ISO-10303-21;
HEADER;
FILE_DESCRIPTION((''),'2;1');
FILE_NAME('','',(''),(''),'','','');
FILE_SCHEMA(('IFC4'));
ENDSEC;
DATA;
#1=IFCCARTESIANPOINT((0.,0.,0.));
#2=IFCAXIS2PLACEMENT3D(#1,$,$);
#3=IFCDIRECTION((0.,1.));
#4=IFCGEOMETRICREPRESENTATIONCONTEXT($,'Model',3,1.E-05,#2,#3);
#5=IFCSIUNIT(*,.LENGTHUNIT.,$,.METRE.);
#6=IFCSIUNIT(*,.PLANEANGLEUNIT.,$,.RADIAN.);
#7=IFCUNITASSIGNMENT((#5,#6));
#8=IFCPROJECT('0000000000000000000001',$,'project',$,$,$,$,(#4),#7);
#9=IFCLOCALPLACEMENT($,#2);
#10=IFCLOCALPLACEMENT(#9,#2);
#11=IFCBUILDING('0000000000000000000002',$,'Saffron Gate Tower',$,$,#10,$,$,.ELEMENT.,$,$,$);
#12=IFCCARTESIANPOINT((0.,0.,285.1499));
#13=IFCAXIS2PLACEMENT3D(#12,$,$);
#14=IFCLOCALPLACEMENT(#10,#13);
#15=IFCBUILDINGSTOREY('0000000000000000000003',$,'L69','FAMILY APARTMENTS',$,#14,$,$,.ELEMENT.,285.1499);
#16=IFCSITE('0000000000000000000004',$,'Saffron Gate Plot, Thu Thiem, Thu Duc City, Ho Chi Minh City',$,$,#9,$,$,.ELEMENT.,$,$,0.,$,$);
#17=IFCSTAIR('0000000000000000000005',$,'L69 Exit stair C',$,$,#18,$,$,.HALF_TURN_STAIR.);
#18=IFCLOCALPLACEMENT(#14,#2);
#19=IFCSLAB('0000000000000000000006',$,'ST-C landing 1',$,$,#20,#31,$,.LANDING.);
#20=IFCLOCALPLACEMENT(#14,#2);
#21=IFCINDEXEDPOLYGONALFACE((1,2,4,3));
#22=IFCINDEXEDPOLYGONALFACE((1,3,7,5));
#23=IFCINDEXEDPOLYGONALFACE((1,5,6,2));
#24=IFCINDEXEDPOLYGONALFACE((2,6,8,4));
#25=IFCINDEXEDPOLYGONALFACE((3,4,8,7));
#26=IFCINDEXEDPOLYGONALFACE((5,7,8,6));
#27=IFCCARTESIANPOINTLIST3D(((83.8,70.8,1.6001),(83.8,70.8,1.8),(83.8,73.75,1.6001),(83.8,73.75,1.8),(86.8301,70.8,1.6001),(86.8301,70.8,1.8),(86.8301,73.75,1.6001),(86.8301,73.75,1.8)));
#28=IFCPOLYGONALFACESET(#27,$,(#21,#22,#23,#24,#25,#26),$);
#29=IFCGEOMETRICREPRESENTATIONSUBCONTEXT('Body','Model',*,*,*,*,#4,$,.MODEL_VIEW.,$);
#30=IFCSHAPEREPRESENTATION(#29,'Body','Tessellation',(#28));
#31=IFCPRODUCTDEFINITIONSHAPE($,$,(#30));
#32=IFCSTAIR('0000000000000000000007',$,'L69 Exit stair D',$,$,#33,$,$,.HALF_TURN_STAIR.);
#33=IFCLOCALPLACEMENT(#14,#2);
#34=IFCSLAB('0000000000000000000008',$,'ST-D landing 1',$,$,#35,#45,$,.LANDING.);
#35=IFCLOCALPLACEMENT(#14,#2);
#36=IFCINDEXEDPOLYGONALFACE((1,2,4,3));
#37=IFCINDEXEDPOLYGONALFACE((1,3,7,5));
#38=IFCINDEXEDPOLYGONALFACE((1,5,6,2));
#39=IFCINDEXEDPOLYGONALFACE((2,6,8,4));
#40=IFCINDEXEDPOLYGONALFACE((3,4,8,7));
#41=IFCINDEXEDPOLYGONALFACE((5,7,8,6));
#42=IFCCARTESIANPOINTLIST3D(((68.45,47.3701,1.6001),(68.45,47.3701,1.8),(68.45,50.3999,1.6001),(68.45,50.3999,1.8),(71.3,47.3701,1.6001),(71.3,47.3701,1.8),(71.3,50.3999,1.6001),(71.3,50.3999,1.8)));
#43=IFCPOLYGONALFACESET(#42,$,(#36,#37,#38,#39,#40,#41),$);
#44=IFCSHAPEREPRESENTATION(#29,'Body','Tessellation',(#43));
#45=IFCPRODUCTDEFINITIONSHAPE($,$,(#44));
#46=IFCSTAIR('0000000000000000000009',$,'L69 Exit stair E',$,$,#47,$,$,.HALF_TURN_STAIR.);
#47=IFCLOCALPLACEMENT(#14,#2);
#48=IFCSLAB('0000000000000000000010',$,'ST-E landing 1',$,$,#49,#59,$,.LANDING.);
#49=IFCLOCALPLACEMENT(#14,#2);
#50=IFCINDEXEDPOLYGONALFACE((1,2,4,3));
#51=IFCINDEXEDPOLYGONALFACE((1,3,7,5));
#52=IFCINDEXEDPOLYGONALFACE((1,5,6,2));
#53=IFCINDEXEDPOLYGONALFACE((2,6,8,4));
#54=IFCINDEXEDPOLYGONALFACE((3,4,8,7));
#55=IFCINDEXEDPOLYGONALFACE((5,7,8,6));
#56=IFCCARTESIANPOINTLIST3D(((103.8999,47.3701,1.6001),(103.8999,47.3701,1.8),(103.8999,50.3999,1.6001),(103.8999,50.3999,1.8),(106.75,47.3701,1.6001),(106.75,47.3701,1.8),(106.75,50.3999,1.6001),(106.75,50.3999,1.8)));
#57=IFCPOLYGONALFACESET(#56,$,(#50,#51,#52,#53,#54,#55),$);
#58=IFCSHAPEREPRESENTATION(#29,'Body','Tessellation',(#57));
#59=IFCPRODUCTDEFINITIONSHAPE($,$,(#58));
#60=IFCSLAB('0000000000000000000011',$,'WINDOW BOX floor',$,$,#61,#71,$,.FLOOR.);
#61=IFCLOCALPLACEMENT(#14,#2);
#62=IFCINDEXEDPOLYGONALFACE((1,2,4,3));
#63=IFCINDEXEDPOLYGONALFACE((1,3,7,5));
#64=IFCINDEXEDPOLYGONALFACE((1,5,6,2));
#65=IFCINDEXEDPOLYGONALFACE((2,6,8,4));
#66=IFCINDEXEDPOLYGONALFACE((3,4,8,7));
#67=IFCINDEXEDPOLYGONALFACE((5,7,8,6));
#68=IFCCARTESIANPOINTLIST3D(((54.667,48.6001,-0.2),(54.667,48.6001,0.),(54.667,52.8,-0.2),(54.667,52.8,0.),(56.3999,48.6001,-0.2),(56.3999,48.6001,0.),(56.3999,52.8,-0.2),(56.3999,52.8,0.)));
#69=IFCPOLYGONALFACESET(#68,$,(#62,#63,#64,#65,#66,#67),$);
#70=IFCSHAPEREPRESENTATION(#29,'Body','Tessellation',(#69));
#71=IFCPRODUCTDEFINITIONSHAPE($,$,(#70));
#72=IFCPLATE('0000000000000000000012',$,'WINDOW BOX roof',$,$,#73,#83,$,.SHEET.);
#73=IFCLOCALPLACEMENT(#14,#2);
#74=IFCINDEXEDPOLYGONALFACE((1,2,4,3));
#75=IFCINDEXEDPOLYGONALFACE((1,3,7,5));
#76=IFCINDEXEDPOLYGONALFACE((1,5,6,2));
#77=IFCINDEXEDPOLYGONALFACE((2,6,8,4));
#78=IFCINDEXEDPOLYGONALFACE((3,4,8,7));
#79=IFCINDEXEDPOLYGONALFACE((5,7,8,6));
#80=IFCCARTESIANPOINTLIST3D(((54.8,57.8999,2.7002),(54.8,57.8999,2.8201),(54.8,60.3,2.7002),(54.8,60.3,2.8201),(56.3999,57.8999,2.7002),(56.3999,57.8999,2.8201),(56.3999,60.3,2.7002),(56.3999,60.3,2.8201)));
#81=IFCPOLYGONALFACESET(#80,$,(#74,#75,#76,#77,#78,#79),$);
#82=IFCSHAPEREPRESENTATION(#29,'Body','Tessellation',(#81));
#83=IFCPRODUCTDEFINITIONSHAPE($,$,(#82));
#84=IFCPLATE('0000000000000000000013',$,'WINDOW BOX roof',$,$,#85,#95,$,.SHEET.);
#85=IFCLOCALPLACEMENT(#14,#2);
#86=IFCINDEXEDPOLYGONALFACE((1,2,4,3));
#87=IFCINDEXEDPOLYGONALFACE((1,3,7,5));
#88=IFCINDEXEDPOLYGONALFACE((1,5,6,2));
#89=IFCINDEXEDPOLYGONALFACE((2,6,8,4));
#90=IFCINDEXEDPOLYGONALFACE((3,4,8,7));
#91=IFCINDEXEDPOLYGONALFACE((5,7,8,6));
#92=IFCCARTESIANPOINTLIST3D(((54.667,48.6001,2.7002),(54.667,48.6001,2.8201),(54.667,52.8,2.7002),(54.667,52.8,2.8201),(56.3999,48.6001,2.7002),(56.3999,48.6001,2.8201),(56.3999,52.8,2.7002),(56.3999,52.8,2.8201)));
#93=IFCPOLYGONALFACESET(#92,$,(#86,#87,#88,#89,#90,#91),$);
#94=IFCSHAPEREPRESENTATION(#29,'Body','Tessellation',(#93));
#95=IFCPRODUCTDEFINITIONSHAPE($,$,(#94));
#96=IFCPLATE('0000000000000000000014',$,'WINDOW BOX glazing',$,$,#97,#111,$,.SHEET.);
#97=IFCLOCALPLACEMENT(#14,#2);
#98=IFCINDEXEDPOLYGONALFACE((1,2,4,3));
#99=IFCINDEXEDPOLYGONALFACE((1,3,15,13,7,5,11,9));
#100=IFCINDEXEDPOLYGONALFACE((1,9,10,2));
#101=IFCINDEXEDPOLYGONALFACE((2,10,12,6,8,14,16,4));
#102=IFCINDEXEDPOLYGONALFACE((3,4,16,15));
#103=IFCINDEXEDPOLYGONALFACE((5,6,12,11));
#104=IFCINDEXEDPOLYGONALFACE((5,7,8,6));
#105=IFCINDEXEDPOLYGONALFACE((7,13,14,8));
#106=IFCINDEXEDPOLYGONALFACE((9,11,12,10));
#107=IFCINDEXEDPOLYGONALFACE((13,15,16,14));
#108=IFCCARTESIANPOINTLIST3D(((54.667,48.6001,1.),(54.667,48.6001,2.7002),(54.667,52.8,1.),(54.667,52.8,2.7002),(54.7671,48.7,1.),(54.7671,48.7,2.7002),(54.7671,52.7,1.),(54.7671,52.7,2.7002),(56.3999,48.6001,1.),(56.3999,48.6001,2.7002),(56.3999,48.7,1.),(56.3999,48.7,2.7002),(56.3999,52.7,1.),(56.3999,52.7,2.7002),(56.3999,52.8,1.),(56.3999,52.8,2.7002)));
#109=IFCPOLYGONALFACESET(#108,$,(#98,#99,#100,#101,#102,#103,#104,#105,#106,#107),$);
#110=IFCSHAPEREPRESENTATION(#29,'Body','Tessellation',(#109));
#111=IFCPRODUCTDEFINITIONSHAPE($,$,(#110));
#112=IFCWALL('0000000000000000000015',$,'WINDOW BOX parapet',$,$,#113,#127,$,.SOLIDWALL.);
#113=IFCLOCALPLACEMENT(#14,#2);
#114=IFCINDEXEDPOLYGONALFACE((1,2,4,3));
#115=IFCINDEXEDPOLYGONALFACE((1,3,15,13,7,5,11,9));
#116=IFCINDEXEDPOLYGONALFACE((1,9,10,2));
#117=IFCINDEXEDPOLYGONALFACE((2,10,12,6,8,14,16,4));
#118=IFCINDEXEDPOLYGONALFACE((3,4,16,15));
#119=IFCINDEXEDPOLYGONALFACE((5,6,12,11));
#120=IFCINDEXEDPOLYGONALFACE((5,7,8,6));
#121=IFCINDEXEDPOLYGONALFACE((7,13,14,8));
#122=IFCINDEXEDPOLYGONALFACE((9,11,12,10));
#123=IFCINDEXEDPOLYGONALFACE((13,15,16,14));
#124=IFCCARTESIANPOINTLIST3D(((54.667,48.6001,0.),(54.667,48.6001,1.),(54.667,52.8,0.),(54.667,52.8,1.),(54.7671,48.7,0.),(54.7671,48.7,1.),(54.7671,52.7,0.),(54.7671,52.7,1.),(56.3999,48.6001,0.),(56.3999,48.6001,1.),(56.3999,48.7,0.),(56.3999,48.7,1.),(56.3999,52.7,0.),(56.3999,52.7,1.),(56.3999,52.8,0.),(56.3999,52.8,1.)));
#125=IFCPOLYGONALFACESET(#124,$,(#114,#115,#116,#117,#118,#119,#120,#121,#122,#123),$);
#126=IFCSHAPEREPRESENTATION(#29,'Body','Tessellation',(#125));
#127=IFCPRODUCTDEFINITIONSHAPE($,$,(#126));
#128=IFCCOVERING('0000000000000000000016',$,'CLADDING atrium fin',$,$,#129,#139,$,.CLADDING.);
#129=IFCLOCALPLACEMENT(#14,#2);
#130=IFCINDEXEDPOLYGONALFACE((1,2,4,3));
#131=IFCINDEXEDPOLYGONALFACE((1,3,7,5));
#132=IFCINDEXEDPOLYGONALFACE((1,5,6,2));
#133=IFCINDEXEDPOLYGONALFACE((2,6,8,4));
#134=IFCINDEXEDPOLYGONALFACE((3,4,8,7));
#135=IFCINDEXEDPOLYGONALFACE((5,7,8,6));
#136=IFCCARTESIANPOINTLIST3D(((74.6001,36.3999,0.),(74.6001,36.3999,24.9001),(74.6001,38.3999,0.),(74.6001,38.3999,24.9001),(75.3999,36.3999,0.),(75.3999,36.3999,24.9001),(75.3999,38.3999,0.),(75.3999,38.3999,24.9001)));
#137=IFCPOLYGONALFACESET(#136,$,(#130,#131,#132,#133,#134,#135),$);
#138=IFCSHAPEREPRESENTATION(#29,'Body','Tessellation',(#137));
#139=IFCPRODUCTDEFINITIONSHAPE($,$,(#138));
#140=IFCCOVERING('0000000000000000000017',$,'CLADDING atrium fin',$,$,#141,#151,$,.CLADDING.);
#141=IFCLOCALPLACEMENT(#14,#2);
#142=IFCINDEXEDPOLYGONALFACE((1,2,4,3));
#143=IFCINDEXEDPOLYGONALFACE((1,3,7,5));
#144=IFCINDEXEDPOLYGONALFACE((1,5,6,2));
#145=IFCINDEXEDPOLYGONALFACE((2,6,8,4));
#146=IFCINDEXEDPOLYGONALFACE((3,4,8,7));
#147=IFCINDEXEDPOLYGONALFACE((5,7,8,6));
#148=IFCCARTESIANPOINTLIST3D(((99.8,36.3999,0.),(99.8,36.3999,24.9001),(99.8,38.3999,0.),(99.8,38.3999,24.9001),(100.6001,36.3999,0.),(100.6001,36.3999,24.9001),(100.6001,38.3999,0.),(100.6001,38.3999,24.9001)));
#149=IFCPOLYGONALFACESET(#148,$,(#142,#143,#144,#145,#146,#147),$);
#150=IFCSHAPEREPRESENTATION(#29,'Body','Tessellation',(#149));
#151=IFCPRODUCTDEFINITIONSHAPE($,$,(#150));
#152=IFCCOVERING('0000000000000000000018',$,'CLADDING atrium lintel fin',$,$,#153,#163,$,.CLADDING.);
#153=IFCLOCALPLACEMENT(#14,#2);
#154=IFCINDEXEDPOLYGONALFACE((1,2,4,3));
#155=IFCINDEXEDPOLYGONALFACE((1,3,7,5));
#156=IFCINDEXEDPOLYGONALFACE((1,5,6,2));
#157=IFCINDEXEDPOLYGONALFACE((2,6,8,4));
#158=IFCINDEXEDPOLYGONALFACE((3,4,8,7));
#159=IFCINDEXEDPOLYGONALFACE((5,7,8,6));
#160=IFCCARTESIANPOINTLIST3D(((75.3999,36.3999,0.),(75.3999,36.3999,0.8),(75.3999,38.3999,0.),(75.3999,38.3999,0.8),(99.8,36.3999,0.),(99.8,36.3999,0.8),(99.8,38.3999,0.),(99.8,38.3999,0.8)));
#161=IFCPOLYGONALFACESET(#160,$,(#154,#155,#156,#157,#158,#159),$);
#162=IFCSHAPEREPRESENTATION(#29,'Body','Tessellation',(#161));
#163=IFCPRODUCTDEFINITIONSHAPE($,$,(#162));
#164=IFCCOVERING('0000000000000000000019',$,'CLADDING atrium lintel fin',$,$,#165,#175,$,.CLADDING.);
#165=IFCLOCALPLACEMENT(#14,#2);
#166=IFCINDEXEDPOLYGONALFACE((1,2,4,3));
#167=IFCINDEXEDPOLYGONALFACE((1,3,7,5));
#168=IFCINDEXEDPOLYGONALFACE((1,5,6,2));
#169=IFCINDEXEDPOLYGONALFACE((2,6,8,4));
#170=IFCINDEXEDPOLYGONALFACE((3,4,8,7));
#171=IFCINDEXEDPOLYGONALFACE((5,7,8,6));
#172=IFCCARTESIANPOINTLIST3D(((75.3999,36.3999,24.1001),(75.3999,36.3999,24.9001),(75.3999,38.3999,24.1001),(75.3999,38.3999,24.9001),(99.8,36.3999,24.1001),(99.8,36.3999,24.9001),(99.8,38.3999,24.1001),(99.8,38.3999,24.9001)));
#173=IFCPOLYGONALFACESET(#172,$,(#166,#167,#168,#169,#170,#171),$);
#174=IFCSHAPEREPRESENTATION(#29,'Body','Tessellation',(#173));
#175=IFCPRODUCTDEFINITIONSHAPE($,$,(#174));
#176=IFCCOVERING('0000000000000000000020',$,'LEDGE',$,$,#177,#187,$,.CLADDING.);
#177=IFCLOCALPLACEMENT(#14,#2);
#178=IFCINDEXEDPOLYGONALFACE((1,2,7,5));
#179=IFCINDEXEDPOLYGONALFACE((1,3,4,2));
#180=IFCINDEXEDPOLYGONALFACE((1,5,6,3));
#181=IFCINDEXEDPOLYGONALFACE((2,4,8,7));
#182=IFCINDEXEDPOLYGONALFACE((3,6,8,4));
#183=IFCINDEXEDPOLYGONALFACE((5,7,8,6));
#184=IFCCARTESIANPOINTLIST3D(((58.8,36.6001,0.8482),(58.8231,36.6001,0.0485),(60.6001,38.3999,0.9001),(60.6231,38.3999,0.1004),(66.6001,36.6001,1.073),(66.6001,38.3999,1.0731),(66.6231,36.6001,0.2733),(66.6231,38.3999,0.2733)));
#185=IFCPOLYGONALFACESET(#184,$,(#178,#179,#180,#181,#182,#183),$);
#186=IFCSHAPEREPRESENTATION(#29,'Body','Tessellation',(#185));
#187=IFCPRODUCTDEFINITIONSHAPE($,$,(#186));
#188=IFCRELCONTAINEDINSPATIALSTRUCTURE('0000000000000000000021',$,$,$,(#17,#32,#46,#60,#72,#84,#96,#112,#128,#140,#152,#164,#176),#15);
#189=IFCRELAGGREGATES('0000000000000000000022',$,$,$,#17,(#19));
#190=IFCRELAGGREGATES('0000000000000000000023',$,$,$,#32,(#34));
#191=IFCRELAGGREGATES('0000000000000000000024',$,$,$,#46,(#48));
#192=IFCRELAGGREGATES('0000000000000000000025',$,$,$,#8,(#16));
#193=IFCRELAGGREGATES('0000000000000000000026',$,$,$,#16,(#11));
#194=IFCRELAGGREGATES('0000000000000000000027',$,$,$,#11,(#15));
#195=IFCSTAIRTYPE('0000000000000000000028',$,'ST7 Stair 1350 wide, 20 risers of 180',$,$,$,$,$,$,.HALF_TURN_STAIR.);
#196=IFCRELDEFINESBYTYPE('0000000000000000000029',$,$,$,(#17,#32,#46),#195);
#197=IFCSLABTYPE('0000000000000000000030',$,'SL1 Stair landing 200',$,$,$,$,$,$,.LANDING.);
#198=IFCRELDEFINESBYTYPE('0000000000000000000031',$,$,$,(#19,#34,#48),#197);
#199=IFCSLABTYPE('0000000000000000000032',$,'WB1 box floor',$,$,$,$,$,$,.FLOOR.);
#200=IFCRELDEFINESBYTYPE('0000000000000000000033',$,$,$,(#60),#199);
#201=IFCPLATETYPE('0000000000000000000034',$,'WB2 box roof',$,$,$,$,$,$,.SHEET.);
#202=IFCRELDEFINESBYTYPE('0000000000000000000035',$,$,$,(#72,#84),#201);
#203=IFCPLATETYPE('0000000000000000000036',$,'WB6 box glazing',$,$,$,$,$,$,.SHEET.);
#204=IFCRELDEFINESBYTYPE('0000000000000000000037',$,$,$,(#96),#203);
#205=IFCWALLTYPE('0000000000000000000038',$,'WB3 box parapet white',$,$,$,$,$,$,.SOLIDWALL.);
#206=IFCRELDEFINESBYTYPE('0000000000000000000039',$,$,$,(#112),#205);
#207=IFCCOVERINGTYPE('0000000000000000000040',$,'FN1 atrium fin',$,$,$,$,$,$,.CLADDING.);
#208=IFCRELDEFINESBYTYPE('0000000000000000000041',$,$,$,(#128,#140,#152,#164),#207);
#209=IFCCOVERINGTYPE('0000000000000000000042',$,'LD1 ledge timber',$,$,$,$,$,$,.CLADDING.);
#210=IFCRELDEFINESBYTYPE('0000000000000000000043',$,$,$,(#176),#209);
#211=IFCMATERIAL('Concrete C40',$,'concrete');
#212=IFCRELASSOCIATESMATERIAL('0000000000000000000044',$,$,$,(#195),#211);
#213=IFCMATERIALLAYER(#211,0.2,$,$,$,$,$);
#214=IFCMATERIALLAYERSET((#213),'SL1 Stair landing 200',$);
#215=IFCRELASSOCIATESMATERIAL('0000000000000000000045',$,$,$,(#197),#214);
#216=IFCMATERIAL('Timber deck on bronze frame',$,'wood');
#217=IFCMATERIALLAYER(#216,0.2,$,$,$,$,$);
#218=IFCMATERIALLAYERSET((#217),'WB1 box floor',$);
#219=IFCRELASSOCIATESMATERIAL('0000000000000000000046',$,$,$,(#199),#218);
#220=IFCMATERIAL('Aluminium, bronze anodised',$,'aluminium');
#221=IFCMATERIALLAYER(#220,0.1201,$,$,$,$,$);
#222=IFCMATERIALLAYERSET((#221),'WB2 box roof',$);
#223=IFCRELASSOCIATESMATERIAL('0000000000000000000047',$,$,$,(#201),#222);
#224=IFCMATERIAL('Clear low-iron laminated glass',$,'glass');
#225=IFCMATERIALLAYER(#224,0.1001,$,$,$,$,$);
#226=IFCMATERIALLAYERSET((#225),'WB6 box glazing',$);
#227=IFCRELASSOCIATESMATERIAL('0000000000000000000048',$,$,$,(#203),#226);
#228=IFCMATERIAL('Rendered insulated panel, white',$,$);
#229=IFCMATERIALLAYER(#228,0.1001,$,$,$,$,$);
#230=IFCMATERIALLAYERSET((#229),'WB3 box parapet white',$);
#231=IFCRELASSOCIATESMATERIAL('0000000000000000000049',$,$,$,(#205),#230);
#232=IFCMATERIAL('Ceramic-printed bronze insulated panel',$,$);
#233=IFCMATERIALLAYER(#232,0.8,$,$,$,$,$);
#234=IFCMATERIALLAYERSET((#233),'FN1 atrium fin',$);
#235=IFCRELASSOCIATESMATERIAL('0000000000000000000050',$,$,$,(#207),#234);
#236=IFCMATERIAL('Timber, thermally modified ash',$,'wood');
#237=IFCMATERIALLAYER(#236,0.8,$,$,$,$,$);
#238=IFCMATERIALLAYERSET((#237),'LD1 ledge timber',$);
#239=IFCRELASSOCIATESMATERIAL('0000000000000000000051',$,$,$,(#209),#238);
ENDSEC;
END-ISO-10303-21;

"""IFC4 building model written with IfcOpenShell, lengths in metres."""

from ifc_helpers import new_model, si_unit, direction, frame, origin, place, context, subcontext, project, spatial, polyline, outline, extrude, material, layer, layer_set, type_object, element, aggregate, save


model = new_model("IFC4")

# Units and contexts
model_context = context("Model", 3, precision=1e-05, world=origin(), true_north=direction((0.0, 1.0)))
body_context = subcontext(model_context, "Body", "Model", "MODEL_VIEW")
ifc_project = project(units=[si_unit("LENGTHUNIT", "METRE"), si_unit("PLANEANGLEUNIT", "RADIAN")], contexts=[model_context])

# Site, building, storey
site_placement = place(None, origin())
site = spatial("IfcSite", under=ifc_project, at=site_placement, Name="Saffron Gate Plot, Thu Thiem, Thu Duc City, Ho Chi Minh City", CompositionType="ELEMENT", RefElevation=0.0)
building_placement = place(site_placement, origin())
building = spatial("IfcBuilding", under=site, at=building_placement, Name="Saffron Gate Tower", CompositionType="ELEMENT")
storey_placement = place(building_placement, frame((0.0, 0.0, 285.1499)))
storey = spatial("IfcBuildingStorey", under=building, at=storey_placement, Name="L69", Description="FAMILY APARTMENTS", CompositionType="ELEMENT", Elevation=285.1499)

# Shared definitions
ifc_material_1 = material(Name="Aluminium, bronze anodised", Category="aluminium")

# Stairs, slabs
ifc_material_2 = material(Name="Concrete C40", Category="concrete")
stair_type = type_object("IfcStairType", Name="ST7 Stair 1350 wide, 20 risers of 180", PredefinedType="HALF_TURN_STAIR", material=ifc_material_2)
ifc_layer_1 = layer(ifc_material_2, 0.2)
ifc_layer_set_1 = layer_set([ifc_layer_1], Name="SL1 Stair landing 200")
slab_type_1 = type_object("IfcSlabType", Name="SL1 Stair landing 200", PredefinedType="LANDING", material=ifc_layer_set_1)
stair_1_placement = place(storey_placement, origin())
stair_1 = element("IfcStair", 1, at=stair_1_placement, inside=storey, type_object=stair_type, Name="L69 Exit stair C", PredefinedType="HALF_TURN_STAIR")
slab_1_placement = place(storey_placement, frame((0.0, 0.0, 1.6001)))
slab_1 = element("IfcSlab", 2, at=slab_1_placement, type_object=slab_type_1, Name="ST-C landing 1", PredefinedType="LANDING", context=body_context, shape_type="SweptSolid", body=[
    extrude(outline(polyline([(86.8301, 73.75), (83.8, 73.75), (83.8, 70.8), (86.8301, 70.8), (86.8301, 73.75)])), origin(), (0.0, 0.0, 1.0), 0.2),
])
aggregate(stair_1, [slab_1])
stair_2_placement = place(storey_placement, origin())
stair_2 = element("IfcStair", 3, at=stair_2_placement, inside=storey, type_object=stair_type, Name="L69 Exit stair D", PredefinedType="HALF_TURN_STAIR")
slab_2_placement = place(storey_placement, frame((0.0, 0.0, 1.6001)))
slab_2 = element("IfcSlab", 4, at=slab_2_placement, type_object=slab_type_1, Name="ST-D landing 1", PredefinedType="LANDING", context=body_context, shape_type="SweptSolid", body=[
    extrude(outline(polyline([(71.3, 47.3701), (71.3, 50.3999), (68.45, 50.3999), (68.45, 47.3701), (71.3, 47.3701)])), origin(), (0.0, 0.0, 1.0), 0.2),
])
aggregate(stair_2, [slab_2])
stair_3_placement = place(storey_placement, origin())
stair_3 = element("IfcStair", 5, at=stair_3_placement, inside=storey, type_object=stair_type, Name="L69 Exit stair E", PredefinedType="HALF_TURN_STAIR")
slab_3_placement = place(storey_placement, frame((0.0, 0.0, 1.6001)))
slab_3 = element("IfcSlab", 6, at=slab_3_placement, type_object=slab_type_1, Name="ST-E landing 1", PredefinedType="LANDING", context=body_context, shape_type="SweptSolid", body=[
    extrude(outline(polyline([(106.75, 47.3701), (106.75, 50.3999), (103.8999, 50.3999), (103.8999, 47.3701), (106.75, 47.3701)])), origin(), (0.0, 0.0, 1.0), 0.2),
])
aggregate(stair_3, [slab_3])

# Slab
ifc_material_3 = material(Name="Timber deck on bronze frame", Category="wood")
ifc_layer_2 = layer(ifc_material_3, 0.2)
ifc_layer_set_2 = layer_set([ifc_layer_2], Name="WB1 box floor")
slab_type_2 = type_object("IfcSlabType", Name="WB1 box floor", PredefinedType="FLOOR", material=ifc_layer_set_2)
slab_4_placement = place(storey_placement, frame((0.0, 0.0, -0.2)))
element("IfcSlab", 7, at=slab_4_placement, inside=storey, type_object=slab_type_2, Name="WINDOW BOX floor", PredefinedType="FLOOR", context=body_context, shape_type="SweptSolid", body=[
    extrude(outline(polyline([(56.3999, 52.8), (56.3999, 48.6001), (54.667, 48.6001), (54.667, 52.8), (56.3999, 52.8)])), origin(), (0.0, 0.0, 1.0), 0.2),
])

# Plates
ifc_layer_3 = layer(ifc_material_1, 0.1201)
ifc_layer_set_3 = layer_set([ifc_layer_3], Name="WB2 box roof")
plate_type_1 = type_object("IfcPlateType", Name="WB2 box roof", PredefinedType="SHEET", material=ifc_layer_set_3)
plate_1_placement = place(storey_placement, frame((0.0, 0.0, 2.7002)))
element("IfcPlate", 8, at=plate_1_placement, inside=storey, type_object=plate_type_1, Name="WINDOW BOX roof", PredefinedType="SHEET", context=body_context, shape_type="SweptSolid", body=[
    extrude(outline(polyline([(56.3999, 60.3), (56.3999, 57.8999), (54.8, 57.8999), (54.8, 60.3), (56.3999, 60.3)])), origin(), (0.0, 0.0, 1.0), 0.1199),
])
plate_2_placement = place(storey_placement, frame((0.0, 0.0, 2.7002)))
element("IfcPlate", 9, at=plate_2_placement, inside=storey, type_object=plate_type_1, Name="WINDOW BOX roof", PredefinedType="SHEET", context=body_context, shape_type="SweptSolid", body=[
    extrude(outline(polyline([(56.3999, 52.8), (56.3999, 48.6001), (54.667, 48.6001), (54.667, 52.8), (56.3999, 52.8)])), origin(), (0.0, 0.0, 1.0), 0.1199),
])
ifc_material_4 = material(Name="Clear low-iron laminated glass", Category="glass")
ifc_layer_4 = layer(ifc_material_4, 0.1001)
ifc_layer_set_4 = layer_set([ifc_layer_4], Name="WB6 box glazing")
plate_type_2 = type_object("IfcPlateType", Name="WB6 box glazing", PredefinedType="SHEET", material=ifc_layer_set_4)
plate_3_placement = place(storey_placement, frame((0.0, 0.0, 1.0)))
element("IfcPlate", 10, at=plate_3_placement, inside=storey, type_object=plate_type_2, Name="WINDOW BOX glazing", PredefinedType="SHEET", context=body_context, shape_type="SweptSolid", body=[
    extrude(outline(polyline([(56.3999, 52.8), (56.3999, 52.7), (54.7671, 52.7), (54.7671, 48.7), (56.3999, 48.7), (56.3999, 48.6001), (54.667, 48.6001), (54.667, 52.8), (56.3999, 52.8)])), origin(), (0.0, 0.0, 1.0), 1.7002),
])

# Wall
ifc_material_5 = material(Name="Rendered insulated panel, white")
ifc_layer_5 = layer(ifc_material_5, 0.1001)
ifc_layer_set_5 = layer_set([ifc_layer_5], Name="WB3 box parapet white")
wall_type = type_object("IfcWallType", Name="WB3 box parapet white", PredefinedType="SOLIDWALL", material=ifc_layer_set_5)
wall_placement = place(storey_placement, origin())
element("IfcWall", 11, at=wall_placement, inside=storey, type_object=wall_type, Name="WINDOW BOX parapet", PredefinedType="SOLIDWALL", context=body_context, shape_type="SweptSolid", body=[
    extrude(outline(polyline([(56.3999, 52.8), (56.3999, 52.7), (54.7671, 52.7), (54.7671, 48.7), (56.3999, 48.7), (56.3999, 48.6001), (54.667, 48.6001), (54.667, 52.8), (56.3999, 52.8)])), origin(), (0.0, 0.0, 1.0), 1.0),
])

# Coverings
ifc_material_6 = material(Name="Ceramic-printed bronze insulated panel")
ifc_layer_6 = layer(ifc_material_6, 0.8)
ifc_layer_set_6 = layer_set([ifc_layer_6], Name="FN1 atrium fin")
covering_type_1 = type_object("IfcCoveringType", Name="FN1 atrium fin", PredefinedType="CLADDING", material=ifc_layer_set_6)
covering_1_placement = place(storey_placement, origin())
element("IfcCovering", 12, at=covering_1_placement, inside=storey, type_object=covering_type_1, Name="CLADDING atrium fin", PredefinedType="CLADDING", context=body_context, shape_type="SweptSolid", body=[
    extrude(outline(polyline([(74.6001, 38.3999), (75.3999, 38.3999), (75.3999, 36.3999), (74.6001, 36.3999), (74.6001, 38.3999)])), origin(), (0.0, 0.0, 1.0), 24.9001),
])
covering_2_placement = place(storey_placement, origin())
element("IfcCovering", 13, at=covering_2_placement, inside=storey, type_object=covering_type_1, Name="CLADDING atrium fin", PredefinedType="CLADDING", context=body_context, shape_type="SweptSolid", body=[
    extrude(outline(polyline([(99.8, 38.3999), (100.6001, 38.3999), (100.6001, 36.3999), (99.8, 36.3999), (99.8, 38.3999)])), origin(), (0.0, 0.0, 1.0), 24.9001),
])
for number, where, name in (
    (14, (0.0, 0.0, 0.0), "CLADDING atrium lintel fin"),
    (15, (0.0, 0.0, 24.1001), "CLADDING atrium lintel fin"),
):
    element("IfcCovering", number, at=place(storey_placement, frame(where)), inside=storey, type_object=covering_type_1, Name=name, PredefinedType="CLADDING", context=body_context, shape_type="SweptSolid", body=[
        extrude(outline(polyline([(75.3999, 38.3999), (99.8, 38.3999), (99.8, 36.3999), (75.3999, 36.3999), (75.3999, 38.3999)])), origin(), (0.0, 0.0, 1.0), 0.8),
    ])
ifc_material_7 = material(Name="Timber, thermally modified ash", Category="wood")
ifc_layer_7 = layer(ifc_material_7, 0.8)
ifc_layer_set_7 = layer_set([ifc_layer_7], Name="LD1 ledge timber")
covering_type_2 = type_object("IfcCoveringType", Name="LD1 ledge timber", PredefinedType="CLADDING", material=ifc_layer_set_7)
covering_3_placement = place(storey_placement, frame((60.6001, 38.3999, 0.9001), z_axis=(-0.028807, -0.000035, 0.999585), x_axis=(0.999585, 0.0, 0.028807)))
element("IfcCovering", 16, at=covering_3_placement, inside=storey, type_object=covering_type_2, Name="LEDGE", PredefinedType="CLADDING", context=body_context, shape_type="SweptSolid", body=[
    extrude(outline(polyline([(0.0, 0.0), (6.0025, 0.0), (6.0025, -1.7998), (-1.8008, -1.7998), (0.0, 0.0)])), origin(), (0.0, 0.0, -1.0), 0.8),
])

save(model, "model.ifc")
